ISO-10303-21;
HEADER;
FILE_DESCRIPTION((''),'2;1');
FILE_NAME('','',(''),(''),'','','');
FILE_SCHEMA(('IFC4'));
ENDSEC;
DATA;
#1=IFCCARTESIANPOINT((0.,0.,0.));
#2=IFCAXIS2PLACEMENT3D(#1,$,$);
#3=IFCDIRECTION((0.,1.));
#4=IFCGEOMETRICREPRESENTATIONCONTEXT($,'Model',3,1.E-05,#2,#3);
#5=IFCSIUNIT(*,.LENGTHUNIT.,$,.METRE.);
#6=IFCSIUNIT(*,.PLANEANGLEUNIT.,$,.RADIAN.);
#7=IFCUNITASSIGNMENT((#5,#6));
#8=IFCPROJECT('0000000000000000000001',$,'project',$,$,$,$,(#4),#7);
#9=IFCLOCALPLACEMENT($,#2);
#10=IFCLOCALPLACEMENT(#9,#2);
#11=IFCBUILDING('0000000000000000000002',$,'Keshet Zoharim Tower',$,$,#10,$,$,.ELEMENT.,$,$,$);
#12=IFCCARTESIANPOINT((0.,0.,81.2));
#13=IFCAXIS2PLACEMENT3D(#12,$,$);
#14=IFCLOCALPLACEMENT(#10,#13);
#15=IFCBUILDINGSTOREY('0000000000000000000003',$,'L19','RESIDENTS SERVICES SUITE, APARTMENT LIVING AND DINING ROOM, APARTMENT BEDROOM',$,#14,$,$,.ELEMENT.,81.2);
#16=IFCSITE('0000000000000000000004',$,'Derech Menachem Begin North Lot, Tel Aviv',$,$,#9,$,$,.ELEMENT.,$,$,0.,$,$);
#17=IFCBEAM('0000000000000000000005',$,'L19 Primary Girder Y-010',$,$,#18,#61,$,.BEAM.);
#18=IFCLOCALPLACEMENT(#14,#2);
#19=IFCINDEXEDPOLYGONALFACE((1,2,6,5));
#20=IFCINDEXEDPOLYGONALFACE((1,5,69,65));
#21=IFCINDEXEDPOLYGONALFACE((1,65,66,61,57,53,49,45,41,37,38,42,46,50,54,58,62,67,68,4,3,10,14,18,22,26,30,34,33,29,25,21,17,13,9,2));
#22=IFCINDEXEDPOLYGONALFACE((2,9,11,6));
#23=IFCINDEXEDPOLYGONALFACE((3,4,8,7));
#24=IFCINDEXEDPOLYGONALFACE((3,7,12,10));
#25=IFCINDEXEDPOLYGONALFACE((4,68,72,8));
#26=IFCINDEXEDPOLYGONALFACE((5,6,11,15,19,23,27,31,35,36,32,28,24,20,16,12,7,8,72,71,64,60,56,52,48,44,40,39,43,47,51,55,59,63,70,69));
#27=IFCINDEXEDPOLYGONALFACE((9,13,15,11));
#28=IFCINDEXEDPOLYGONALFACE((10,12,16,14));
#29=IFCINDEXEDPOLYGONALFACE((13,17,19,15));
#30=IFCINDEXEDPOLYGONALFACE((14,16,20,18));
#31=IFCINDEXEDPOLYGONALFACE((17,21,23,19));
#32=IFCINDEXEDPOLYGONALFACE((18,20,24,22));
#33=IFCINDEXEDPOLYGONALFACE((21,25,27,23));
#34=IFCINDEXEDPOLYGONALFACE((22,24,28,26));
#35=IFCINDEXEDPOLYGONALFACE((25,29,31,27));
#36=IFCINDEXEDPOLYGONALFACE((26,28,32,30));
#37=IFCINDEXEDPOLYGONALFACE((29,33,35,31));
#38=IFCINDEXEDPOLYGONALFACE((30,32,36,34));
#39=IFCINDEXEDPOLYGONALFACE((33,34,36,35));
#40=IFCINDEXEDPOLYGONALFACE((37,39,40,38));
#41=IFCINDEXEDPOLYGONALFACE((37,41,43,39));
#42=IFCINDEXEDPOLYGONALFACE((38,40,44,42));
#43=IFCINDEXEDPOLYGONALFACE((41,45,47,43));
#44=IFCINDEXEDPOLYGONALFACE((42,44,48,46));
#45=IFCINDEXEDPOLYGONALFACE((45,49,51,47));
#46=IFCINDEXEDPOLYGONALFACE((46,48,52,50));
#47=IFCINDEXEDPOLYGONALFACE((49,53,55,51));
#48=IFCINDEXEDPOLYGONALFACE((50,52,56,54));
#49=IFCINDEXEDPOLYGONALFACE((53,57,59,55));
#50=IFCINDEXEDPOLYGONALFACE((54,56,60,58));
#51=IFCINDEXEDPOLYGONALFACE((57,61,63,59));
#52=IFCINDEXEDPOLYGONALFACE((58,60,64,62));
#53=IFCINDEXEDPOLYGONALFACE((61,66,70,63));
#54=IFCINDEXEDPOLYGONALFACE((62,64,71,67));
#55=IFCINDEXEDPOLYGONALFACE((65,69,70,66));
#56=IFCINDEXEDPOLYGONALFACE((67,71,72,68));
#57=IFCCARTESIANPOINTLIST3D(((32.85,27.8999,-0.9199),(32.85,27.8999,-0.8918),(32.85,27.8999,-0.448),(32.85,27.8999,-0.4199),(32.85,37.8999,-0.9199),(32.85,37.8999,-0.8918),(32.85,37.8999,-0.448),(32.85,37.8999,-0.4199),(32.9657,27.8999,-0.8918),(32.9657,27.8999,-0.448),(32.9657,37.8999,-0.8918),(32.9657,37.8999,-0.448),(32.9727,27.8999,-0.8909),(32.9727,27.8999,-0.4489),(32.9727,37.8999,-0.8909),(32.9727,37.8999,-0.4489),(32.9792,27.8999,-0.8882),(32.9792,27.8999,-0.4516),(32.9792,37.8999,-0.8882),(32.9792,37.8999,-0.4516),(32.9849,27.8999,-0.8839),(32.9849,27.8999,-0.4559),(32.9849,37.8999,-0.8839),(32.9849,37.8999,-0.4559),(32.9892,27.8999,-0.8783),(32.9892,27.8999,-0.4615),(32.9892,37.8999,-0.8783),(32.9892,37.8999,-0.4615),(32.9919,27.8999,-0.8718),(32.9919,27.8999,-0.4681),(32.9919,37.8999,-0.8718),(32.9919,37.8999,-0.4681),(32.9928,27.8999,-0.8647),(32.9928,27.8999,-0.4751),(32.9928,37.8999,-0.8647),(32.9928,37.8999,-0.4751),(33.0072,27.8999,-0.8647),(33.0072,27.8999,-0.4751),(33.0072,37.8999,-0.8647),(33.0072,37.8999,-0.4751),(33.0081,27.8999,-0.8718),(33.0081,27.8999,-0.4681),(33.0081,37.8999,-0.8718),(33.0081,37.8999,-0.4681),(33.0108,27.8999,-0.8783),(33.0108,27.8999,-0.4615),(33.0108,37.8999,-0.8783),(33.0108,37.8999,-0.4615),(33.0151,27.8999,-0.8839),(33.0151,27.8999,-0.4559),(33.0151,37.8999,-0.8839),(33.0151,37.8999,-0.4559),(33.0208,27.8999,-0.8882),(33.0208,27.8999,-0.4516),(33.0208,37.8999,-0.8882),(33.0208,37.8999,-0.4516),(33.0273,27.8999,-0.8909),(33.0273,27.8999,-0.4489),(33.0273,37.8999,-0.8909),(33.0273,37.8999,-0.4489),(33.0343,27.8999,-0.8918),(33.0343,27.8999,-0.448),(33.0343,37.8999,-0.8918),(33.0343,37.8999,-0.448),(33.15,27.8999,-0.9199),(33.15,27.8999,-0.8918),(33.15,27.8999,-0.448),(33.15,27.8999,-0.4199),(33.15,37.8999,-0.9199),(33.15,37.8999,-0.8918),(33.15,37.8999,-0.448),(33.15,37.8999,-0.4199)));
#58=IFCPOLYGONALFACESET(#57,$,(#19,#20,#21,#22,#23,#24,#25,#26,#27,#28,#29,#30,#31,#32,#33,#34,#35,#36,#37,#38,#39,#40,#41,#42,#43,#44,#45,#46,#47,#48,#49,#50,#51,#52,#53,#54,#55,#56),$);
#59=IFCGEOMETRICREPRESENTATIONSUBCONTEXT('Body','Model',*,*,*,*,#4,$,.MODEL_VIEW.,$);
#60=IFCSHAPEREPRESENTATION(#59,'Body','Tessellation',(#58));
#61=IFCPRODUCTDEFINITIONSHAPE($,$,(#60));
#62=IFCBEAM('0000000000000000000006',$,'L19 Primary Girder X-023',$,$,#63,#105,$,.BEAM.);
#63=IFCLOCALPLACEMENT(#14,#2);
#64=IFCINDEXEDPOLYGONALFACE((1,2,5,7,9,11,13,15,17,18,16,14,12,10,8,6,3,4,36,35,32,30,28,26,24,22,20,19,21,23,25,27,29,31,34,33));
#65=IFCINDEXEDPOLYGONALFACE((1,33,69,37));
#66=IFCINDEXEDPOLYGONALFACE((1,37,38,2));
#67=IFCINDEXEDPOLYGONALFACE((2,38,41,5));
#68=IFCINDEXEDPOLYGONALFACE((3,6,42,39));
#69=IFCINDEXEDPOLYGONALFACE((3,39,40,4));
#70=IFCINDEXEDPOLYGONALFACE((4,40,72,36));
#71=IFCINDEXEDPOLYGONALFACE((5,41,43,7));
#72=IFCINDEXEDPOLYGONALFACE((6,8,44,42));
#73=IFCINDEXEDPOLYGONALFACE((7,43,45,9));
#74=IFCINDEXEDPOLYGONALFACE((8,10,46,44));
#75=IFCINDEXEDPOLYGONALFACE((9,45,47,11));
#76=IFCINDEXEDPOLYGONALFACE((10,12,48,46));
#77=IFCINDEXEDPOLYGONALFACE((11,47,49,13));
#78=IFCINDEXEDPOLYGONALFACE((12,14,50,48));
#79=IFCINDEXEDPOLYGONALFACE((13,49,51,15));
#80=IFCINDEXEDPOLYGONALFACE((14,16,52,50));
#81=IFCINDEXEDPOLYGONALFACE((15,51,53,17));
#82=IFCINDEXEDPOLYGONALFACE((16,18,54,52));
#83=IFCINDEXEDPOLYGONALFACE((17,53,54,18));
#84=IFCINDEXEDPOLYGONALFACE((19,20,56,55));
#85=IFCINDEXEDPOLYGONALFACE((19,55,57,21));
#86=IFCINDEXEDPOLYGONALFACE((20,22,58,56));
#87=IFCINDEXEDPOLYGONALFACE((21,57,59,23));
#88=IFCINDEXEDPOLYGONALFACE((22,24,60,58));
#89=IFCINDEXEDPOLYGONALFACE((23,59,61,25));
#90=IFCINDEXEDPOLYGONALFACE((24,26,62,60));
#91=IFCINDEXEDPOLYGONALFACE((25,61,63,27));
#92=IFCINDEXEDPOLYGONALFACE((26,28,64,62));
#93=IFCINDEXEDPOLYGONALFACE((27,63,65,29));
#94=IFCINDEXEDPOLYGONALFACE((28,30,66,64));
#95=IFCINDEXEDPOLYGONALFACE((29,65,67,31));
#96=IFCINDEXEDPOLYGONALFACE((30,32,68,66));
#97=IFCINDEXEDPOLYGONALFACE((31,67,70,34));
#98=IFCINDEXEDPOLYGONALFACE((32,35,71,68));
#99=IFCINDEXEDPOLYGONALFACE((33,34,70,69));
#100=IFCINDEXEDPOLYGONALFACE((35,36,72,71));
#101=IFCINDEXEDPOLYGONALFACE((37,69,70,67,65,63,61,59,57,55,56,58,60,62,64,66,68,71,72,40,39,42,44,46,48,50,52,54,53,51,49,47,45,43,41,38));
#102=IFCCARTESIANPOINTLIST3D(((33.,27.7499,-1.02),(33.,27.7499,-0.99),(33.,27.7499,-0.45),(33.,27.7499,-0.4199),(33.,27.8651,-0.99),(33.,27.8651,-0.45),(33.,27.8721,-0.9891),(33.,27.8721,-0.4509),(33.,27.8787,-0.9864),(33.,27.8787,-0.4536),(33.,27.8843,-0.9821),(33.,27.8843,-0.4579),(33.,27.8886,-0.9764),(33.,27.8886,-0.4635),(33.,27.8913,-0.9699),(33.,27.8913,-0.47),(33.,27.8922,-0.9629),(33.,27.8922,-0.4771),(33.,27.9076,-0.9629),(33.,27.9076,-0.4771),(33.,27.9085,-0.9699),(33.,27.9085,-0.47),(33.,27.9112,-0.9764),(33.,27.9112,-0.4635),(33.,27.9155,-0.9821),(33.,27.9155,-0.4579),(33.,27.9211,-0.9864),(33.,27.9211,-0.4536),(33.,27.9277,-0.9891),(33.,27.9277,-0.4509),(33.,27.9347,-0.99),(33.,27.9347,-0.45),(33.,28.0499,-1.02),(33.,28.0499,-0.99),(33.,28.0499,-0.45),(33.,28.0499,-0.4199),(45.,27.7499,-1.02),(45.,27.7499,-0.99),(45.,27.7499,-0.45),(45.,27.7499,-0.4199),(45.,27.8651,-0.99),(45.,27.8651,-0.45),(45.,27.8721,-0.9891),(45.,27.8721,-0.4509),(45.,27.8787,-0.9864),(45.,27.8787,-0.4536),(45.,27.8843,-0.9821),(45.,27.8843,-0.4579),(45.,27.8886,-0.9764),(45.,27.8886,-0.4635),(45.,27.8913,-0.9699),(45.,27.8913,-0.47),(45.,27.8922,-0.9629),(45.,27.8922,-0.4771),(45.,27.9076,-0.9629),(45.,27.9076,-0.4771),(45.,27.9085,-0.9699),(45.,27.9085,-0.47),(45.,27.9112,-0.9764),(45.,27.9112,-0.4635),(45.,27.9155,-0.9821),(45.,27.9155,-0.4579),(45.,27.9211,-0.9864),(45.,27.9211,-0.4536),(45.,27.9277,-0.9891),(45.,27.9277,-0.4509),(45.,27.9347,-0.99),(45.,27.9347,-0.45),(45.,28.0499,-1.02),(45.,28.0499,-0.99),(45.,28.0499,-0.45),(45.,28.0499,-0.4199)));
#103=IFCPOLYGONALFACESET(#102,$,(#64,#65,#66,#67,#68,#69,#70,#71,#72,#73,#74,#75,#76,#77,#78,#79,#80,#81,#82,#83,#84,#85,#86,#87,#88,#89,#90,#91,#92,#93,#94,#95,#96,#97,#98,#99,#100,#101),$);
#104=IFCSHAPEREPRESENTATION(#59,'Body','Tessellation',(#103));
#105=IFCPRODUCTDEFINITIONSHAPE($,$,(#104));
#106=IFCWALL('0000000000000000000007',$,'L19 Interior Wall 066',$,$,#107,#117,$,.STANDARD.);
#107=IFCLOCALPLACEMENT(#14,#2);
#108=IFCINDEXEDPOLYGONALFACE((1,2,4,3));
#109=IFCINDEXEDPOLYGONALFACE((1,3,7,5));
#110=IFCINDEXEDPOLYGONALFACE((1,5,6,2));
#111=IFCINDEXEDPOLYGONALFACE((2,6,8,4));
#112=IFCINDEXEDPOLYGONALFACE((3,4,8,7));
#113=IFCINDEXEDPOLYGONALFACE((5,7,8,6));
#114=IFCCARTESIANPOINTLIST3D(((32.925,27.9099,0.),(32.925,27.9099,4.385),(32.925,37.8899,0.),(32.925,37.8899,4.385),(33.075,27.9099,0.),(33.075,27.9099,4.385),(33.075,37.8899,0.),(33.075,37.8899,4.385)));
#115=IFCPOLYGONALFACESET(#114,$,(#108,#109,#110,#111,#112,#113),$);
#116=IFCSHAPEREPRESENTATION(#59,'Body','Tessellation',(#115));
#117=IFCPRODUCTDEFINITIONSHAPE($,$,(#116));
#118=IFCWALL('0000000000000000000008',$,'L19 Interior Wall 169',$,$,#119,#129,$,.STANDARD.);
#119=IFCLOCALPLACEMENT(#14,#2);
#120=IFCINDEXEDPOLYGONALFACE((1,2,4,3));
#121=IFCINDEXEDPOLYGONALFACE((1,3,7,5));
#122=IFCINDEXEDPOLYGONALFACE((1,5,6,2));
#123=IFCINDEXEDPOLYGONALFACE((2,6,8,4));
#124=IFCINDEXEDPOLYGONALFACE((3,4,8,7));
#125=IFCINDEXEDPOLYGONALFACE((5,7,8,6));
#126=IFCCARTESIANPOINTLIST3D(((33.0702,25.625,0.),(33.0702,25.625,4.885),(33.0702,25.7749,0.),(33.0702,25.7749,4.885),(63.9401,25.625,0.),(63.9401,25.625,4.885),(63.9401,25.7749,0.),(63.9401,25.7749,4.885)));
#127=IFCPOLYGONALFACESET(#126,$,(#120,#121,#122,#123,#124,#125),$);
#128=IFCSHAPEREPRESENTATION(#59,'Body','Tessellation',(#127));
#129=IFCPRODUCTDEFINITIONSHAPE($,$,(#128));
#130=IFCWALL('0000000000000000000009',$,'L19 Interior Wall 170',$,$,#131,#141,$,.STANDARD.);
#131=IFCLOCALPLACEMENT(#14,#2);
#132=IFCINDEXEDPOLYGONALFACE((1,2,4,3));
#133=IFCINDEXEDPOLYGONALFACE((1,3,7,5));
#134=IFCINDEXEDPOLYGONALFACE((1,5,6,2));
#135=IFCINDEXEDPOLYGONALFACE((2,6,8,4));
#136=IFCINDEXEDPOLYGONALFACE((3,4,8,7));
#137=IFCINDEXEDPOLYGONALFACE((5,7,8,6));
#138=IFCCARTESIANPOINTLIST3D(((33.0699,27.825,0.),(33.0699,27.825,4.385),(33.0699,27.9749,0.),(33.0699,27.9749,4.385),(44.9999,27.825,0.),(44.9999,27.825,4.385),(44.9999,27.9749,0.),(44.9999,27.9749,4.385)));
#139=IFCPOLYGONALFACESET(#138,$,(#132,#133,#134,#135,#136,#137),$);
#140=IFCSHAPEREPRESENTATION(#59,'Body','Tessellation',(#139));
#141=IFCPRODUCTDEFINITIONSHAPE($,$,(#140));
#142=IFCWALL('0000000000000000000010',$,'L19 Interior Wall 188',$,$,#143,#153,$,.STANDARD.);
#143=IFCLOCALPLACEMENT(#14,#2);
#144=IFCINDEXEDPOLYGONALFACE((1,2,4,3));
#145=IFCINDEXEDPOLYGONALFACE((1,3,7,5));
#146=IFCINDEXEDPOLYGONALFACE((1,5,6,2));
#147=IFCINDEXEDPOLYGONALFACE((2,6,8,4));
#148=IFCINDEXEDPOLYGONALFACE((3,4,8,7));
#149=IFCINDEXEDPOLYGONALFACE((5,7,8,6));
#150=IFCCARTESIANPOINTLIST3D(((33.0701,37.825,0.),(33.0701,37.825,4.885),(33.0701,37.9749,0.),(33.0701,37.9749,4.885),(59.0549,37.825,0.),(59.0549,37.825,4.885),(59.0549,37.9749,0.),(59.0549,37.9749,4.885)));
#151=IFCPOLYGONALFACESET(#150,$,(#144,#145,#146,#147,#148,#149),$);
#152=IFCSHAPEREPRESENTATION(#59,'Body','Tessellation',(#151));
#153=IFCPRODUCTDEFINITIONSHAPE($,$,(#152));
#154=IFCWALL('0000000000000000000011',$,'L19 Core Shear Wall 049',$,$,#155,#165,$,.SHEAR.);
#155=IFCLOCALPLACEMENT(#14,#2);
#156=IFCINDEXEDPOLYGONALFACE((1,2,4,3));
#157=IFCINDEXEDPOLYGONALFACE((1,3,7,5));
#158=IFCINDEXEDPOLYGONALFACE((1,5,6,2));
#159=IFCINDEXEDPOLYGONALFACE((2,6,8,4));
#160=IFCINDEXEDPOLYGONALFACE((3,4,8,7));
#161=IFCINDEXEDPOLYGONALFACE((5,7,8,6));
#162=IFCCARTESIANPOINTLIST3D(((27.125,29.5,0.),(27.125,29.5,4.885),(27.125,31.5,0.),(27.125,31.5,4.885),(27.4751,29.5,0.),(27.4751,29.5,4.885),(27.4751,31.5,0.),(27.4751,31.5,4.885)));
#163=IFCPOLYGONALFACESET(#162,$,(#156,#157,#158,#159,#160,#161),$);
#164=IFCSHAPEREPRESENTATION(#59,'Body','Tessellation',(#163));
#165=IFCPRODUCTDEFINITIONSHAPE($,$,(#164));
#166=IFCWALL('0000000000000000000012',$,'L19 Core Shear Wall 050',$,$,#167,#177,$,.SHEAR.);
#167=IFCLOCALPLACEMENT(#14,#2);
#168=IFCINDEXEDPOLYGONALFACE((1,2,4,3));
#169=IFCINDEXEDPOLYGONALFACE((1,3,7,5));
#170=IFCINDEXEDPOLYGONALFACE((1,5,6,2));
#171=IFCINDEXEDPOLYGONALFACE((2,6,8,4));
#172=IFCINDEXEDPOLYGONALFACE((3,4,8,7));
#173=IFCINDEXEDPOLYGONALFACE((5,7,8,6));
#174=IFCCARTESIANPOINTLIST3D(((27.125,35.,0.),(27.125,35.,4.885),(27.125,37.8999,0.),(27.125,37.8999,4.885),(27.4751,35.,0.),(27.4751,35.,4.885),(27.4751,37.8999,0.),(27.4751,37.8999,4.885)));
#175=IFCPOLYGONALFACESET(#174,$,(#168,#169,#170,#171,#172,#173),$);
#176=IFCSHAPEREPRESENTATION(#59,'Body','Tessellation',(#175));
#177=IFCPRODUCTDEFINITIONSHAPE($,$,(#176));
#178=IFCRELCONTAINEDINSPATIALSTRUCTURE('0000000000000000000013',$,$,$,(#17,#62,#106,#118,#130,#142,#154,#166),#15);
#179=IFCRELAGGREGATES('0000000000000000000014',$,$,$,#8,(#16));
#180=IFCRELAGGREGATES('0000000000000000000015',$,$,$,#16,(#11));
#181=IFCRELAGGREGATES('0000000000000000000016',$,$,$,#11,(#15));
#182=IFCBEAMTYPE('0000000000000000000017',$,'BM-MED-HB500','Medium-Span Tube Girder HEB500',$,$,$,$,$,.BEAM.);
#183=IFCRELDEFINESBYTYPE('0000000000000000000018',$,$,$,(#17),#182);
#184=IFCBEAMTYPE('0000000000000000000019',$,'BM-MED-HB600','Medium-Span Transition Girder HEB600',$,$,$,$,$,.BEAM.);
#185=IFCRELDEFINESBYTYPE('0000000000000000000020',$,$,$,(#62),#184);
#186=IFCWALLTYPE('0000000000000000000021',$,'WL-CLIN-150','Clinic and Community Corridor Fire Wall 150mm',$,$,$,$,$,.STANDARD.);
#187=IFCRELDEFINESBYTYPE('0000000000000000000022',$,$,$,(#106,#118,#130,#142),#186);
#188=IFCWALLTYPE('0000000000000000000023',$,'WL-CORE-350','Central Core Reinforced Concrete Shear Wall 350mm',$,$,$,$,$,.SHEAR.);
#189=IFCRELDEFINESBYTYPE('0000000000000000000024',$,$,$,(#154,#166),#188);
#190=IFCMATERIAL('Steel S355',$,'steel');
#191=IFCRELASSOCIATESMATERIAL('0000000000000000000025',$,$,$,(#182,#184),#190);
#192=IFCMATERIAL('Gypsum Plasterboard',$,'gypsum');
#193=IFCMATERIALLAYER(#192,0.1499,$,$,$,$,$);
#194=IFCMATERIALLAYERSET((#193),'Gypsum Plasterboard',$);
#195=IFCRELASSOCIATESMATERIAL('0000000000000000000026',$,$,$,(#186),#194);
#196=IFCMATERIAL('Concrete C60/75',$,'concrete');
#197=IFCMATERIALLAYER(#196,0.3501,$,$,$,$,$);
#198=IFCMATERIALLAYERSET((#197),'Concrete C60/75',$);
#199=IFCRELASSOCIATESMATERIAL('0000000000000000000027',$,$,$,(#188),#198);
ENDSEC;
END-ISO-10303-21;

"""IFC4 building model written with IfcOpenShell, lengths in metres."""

from ifc_helpers import new_model, si_unit, direction, frame, frame_2d, origin, origin_2d, place, context, subcontext, project, spatial, rectangle, i_section, extrude, material, layer, layer_set, material_profile, profile_set, type_object, element, save


model = new_model("IFC4")

# Units and contexts
model_context = context("Model", 3, precision=1e-05, world=origin(), true_north=direction((0.0, 1.0)))
body_context = subcontext(model_context, "Body", "Model", "MODEL_VIEW")
ifc_project = project(units=[si_unit("LENGTHUNIT", "METRE"), si_unit("PLANEANGLEUNIT", "RADIAN")], contexts=[model_context])

# Site, building, storey
site_placement = place(None, origin())
site = spatial("IfcSite", under=ifc_project, at=site_placement, Name="Derech Menachem Begin North Lot, Tel Aviv", CompositionType="ELEMENT", RefElevation=0.0)
building_placement = place(site_placement, origin())
building = spatial("IfcBuilding", under=site, at=building_placement, Name="Keshet Zoharim Tower", CompositionType="ELEMENT")
storey_placement = place(building_placement, frame((0.0, 0.0, 81.2)))
storey = spatial("IfcBuildingStorey", under=building, at=storey_placement, Name="L19", Description="RESIDENTS SERVICES SUITE, APARTMENT LIVING AND DINING ROOM, APARTMENT BEDROOM", CompositionType="ELEMENT", Elevation=81.2)

# Shared definitions
ifc_material_1 = material(Name="Concrete C60/75", Category="concrete")

# Beams
ifc_material_2 = material(Name="Steel S355", Category="steel")
ifc_material_profile_1 = material_profile(ifc_material_2, i_section(OverallWidth=0.3, OverallDepth=0.5, WebThickness=0.0144, FlangeThickness=0.0281, FilletRadius=0.0271, at=origin_2d()), Name="HEB500")
ifc_profile_set_1 = profile_set([ifc_material_profile_1], Name="Steel S355")
beam_type_1 = type_object("IfcBeamType", Name="BM-MED-HB500", Description="Medium-Span Tube Girder HEB500", PredefinedType="BEAM", material=ifc_profile_set_1)
beam_1_placement = place(storey_placement, frame((33.0, 27.8999, -0.6699), z_axis=(0.0, 1.0, 0.0), x_axis=(-1.0, 0.0, 0.0)))
element("IfcBeam", 1, at=beam_1_placement, inside=storey, type_object=beam_type_1, Name="L19 Primary Girder Y-010", PredefinedType="BEAM", context=body_context, shape_type="SweptSolid", body=[
    extrude(i_section(OverallWidth=0.3, OverallDepth=0.5, WebThickness=0.0144, FlangeThickness=0.0281, FilletRadius=0.0271, at=origin_2d()), origin(), (0.0, 0.0, 1.0), 10.0),
])
ifc_material_profile_2 = material_profile(ifc_material_2, i_section(OverallWidth=0.3, OverallDepth=0.6001, WebThickness=0.0154, FlangeThickness=0.03, FilletRadius=0.0271, at=origin_2d()), Name="HEB600")
ifc_profile_set_2 = profile_set([ifc_material_profile_2], Name="Steel S355")
beam_type_2 = type_object("IfcBeamType", Name="BM-MED-HB600", Description="Medium-Span Transition Girder HEB600", PredefinedType="BEAM", material=ifc_profile_set_2)
beam_2_placement = place(storey_placement, frame((33.0, 27.8999, -0.72), z_axis=(1.0, 0.0, 0.0), x_axis=(0.0, 1.0, 0.0)))
element("IfcBeam", 2, at=beam_2_placement, inside=storey, type_object=beam_type_2, Name="L19 Primary Girder X-023", PredefinedType="BEAM", context=body_context, shape_type="SweptSolid", body=[
    extrude(i_section(OverallWidth=0.3, OverallDepth=0.6001, WebThickness=0.0154, FlangeThickness=0.03, FilletRadius=0.0271, at=origin_2d()), origin(), (0.0, 0.0, 1.0), 12.0),
])

# Walls
ifc_material_3 = material(Name="Gypsum Plasterboard", Category="gypsum")
ifc_layer_1 = layer(ifc_material_3, 0.1499)
ifc_layer_set_1 = layer_set([ifc_layer_1], Name="Gypsum Plasterboard")
wall_type_1 = type_object("IfcWallType", Name="WL-CLIN-150", Description="Clinic and Community Corridor Fire Wall 150mm", PredefinedType="STANDARD", material=ifc_layer_set_1)
wall_1_placement = place(storey_placement, frame((33.0, 27.9099, 0.0), z_axis=(0.0, 0.0, 1.0), x_axis=(0.0, 1.0, 0.0)))
element("IfcWall", 3, at=wall_1_placement, inside=storey, type_object=wall_type_1, Name="L19 Interior Wall 066", PredefinedType="STANDARD", context=body_context, shape_type="SweptSolid", body=[
    extrude(rectangle(XDim=9.98, YDim=0.1499, at=frame_2d((4.99, 0.0))), origin(), (0.0, 0.0, 1.0), 4.385),
])
wall_2_placement = place(storey_placement, frame((33.0701, 25.7, 0.0), z_axis=(0.0, 0.0, 1.0), x_axis=(1.0, 0.0, 0.0)))
element("IfcWall", 4, at=wall_2_placement, inside=storey, type_object=wall_type_1, Name="L19 Interior Wall 169", PredefinedType="STANDARD", context=body_context, shape_type="SweptSolid", body=[
    extrude(rectangle(XDim=30.8699, YDim=0.1499, at=frame_2d((15.4351, 0.0))), origin(), (0.0, 0.0, 1.0), 4.885),
])
wall_3_placement = place(storey_placement, frame((33.0701, 27.8999, 0.0), z_axis=(0.0, 0.0, 1.0), x_axis=(1.0, 0.0, 0.0)))
element("IfcWall", 5, at=wall_3_placement, inside=storey, type_object=wall_type_1, Name="L19 Interior Wall 170", PredefinedType="STANDARD", context=body_context, shape_type="SweptSolid", body=[
    extrude(rectangle(XDim=11.9299, YDim=0.1499, at=frame_2d((5.9648, 0.0))), origin(), (0.0, 0.0, 1.0), 4.385),
])
wall_4_placement = place(storey_placement, frame((33.0701, 37.8999, 0.0), z_axis=(0.0, 0.0, 1.0), x_axis=(1.0, 0.0, 0.0)))
element("IfcWall", 6, at=wall_4_placement, inside=storey, type_object=wall_type_1, Name="L19 Interior Wall 188", PredefinedType="STANDARD", context=body_context, shape_type="SweptSolid", body=[
    extrude(rectangle(XDim=25.9849, YDim=0.1499, at=frame_2d((12.9924, 0.0))), origin(), (0.0, 0.0, 1.0), 4.885),
])
ifc_layer_2 = layer(ifc_material_1, 0.3501)
ifc_layer_set_2 = layer_set([ifc_layer_2], Name="Concrete C60/75")
wall_type_2 = type_object("IfcWallType", Name="WL-CORE-350", Description="Central Core Reinforced Concrete Shear Wall 350mm", PredefinedType="SHEAR", material=ifc_layer_set_2)
wall_5_placement = place(storey_placement, frame((27.3, 29.5, 0.0), z_axis=(0.0, 0.0, 1.0), x_axis=(0.0, 1.0, 0.0)))
element("IfcWall", 7, at=wall_5_placement, inside=storey, type_object=wall_type_2, Name="L19 Core Shear Wall 049", PredefinedType="SHEAR", context=body_context, shape_type="SweptSolid", body=[
    extrude(rectangle(XDim=2.0, YDim=0.3501, at=frame_2d((1.0, 0.0))), origin(), (0.0, 0.0, 1.0), 4.885),
])
wall_6_placement = place(storey_placement, frame((27.3, 35.0, 0.0), z_axis=(0.0, 0.0, 1.0), x_axis=(0.0, 1.0, 0.0)))
element("IfcWall", 8, at=wall_6_placement, inside=storey, type_object=wall_type_2, Name="L19 Core Shear Wall 050", PredefinedType="SHEAR", context=body_context, shape_type="SweptSolid", body=[
    extrude(rectangle(XDim=2.8999, YDim=0.3501, at=frame_2d((1.45, 0.0))), origin(), (0.0, 0.0, 1.0), 4.885),
])

save(model, "model.ifc")
